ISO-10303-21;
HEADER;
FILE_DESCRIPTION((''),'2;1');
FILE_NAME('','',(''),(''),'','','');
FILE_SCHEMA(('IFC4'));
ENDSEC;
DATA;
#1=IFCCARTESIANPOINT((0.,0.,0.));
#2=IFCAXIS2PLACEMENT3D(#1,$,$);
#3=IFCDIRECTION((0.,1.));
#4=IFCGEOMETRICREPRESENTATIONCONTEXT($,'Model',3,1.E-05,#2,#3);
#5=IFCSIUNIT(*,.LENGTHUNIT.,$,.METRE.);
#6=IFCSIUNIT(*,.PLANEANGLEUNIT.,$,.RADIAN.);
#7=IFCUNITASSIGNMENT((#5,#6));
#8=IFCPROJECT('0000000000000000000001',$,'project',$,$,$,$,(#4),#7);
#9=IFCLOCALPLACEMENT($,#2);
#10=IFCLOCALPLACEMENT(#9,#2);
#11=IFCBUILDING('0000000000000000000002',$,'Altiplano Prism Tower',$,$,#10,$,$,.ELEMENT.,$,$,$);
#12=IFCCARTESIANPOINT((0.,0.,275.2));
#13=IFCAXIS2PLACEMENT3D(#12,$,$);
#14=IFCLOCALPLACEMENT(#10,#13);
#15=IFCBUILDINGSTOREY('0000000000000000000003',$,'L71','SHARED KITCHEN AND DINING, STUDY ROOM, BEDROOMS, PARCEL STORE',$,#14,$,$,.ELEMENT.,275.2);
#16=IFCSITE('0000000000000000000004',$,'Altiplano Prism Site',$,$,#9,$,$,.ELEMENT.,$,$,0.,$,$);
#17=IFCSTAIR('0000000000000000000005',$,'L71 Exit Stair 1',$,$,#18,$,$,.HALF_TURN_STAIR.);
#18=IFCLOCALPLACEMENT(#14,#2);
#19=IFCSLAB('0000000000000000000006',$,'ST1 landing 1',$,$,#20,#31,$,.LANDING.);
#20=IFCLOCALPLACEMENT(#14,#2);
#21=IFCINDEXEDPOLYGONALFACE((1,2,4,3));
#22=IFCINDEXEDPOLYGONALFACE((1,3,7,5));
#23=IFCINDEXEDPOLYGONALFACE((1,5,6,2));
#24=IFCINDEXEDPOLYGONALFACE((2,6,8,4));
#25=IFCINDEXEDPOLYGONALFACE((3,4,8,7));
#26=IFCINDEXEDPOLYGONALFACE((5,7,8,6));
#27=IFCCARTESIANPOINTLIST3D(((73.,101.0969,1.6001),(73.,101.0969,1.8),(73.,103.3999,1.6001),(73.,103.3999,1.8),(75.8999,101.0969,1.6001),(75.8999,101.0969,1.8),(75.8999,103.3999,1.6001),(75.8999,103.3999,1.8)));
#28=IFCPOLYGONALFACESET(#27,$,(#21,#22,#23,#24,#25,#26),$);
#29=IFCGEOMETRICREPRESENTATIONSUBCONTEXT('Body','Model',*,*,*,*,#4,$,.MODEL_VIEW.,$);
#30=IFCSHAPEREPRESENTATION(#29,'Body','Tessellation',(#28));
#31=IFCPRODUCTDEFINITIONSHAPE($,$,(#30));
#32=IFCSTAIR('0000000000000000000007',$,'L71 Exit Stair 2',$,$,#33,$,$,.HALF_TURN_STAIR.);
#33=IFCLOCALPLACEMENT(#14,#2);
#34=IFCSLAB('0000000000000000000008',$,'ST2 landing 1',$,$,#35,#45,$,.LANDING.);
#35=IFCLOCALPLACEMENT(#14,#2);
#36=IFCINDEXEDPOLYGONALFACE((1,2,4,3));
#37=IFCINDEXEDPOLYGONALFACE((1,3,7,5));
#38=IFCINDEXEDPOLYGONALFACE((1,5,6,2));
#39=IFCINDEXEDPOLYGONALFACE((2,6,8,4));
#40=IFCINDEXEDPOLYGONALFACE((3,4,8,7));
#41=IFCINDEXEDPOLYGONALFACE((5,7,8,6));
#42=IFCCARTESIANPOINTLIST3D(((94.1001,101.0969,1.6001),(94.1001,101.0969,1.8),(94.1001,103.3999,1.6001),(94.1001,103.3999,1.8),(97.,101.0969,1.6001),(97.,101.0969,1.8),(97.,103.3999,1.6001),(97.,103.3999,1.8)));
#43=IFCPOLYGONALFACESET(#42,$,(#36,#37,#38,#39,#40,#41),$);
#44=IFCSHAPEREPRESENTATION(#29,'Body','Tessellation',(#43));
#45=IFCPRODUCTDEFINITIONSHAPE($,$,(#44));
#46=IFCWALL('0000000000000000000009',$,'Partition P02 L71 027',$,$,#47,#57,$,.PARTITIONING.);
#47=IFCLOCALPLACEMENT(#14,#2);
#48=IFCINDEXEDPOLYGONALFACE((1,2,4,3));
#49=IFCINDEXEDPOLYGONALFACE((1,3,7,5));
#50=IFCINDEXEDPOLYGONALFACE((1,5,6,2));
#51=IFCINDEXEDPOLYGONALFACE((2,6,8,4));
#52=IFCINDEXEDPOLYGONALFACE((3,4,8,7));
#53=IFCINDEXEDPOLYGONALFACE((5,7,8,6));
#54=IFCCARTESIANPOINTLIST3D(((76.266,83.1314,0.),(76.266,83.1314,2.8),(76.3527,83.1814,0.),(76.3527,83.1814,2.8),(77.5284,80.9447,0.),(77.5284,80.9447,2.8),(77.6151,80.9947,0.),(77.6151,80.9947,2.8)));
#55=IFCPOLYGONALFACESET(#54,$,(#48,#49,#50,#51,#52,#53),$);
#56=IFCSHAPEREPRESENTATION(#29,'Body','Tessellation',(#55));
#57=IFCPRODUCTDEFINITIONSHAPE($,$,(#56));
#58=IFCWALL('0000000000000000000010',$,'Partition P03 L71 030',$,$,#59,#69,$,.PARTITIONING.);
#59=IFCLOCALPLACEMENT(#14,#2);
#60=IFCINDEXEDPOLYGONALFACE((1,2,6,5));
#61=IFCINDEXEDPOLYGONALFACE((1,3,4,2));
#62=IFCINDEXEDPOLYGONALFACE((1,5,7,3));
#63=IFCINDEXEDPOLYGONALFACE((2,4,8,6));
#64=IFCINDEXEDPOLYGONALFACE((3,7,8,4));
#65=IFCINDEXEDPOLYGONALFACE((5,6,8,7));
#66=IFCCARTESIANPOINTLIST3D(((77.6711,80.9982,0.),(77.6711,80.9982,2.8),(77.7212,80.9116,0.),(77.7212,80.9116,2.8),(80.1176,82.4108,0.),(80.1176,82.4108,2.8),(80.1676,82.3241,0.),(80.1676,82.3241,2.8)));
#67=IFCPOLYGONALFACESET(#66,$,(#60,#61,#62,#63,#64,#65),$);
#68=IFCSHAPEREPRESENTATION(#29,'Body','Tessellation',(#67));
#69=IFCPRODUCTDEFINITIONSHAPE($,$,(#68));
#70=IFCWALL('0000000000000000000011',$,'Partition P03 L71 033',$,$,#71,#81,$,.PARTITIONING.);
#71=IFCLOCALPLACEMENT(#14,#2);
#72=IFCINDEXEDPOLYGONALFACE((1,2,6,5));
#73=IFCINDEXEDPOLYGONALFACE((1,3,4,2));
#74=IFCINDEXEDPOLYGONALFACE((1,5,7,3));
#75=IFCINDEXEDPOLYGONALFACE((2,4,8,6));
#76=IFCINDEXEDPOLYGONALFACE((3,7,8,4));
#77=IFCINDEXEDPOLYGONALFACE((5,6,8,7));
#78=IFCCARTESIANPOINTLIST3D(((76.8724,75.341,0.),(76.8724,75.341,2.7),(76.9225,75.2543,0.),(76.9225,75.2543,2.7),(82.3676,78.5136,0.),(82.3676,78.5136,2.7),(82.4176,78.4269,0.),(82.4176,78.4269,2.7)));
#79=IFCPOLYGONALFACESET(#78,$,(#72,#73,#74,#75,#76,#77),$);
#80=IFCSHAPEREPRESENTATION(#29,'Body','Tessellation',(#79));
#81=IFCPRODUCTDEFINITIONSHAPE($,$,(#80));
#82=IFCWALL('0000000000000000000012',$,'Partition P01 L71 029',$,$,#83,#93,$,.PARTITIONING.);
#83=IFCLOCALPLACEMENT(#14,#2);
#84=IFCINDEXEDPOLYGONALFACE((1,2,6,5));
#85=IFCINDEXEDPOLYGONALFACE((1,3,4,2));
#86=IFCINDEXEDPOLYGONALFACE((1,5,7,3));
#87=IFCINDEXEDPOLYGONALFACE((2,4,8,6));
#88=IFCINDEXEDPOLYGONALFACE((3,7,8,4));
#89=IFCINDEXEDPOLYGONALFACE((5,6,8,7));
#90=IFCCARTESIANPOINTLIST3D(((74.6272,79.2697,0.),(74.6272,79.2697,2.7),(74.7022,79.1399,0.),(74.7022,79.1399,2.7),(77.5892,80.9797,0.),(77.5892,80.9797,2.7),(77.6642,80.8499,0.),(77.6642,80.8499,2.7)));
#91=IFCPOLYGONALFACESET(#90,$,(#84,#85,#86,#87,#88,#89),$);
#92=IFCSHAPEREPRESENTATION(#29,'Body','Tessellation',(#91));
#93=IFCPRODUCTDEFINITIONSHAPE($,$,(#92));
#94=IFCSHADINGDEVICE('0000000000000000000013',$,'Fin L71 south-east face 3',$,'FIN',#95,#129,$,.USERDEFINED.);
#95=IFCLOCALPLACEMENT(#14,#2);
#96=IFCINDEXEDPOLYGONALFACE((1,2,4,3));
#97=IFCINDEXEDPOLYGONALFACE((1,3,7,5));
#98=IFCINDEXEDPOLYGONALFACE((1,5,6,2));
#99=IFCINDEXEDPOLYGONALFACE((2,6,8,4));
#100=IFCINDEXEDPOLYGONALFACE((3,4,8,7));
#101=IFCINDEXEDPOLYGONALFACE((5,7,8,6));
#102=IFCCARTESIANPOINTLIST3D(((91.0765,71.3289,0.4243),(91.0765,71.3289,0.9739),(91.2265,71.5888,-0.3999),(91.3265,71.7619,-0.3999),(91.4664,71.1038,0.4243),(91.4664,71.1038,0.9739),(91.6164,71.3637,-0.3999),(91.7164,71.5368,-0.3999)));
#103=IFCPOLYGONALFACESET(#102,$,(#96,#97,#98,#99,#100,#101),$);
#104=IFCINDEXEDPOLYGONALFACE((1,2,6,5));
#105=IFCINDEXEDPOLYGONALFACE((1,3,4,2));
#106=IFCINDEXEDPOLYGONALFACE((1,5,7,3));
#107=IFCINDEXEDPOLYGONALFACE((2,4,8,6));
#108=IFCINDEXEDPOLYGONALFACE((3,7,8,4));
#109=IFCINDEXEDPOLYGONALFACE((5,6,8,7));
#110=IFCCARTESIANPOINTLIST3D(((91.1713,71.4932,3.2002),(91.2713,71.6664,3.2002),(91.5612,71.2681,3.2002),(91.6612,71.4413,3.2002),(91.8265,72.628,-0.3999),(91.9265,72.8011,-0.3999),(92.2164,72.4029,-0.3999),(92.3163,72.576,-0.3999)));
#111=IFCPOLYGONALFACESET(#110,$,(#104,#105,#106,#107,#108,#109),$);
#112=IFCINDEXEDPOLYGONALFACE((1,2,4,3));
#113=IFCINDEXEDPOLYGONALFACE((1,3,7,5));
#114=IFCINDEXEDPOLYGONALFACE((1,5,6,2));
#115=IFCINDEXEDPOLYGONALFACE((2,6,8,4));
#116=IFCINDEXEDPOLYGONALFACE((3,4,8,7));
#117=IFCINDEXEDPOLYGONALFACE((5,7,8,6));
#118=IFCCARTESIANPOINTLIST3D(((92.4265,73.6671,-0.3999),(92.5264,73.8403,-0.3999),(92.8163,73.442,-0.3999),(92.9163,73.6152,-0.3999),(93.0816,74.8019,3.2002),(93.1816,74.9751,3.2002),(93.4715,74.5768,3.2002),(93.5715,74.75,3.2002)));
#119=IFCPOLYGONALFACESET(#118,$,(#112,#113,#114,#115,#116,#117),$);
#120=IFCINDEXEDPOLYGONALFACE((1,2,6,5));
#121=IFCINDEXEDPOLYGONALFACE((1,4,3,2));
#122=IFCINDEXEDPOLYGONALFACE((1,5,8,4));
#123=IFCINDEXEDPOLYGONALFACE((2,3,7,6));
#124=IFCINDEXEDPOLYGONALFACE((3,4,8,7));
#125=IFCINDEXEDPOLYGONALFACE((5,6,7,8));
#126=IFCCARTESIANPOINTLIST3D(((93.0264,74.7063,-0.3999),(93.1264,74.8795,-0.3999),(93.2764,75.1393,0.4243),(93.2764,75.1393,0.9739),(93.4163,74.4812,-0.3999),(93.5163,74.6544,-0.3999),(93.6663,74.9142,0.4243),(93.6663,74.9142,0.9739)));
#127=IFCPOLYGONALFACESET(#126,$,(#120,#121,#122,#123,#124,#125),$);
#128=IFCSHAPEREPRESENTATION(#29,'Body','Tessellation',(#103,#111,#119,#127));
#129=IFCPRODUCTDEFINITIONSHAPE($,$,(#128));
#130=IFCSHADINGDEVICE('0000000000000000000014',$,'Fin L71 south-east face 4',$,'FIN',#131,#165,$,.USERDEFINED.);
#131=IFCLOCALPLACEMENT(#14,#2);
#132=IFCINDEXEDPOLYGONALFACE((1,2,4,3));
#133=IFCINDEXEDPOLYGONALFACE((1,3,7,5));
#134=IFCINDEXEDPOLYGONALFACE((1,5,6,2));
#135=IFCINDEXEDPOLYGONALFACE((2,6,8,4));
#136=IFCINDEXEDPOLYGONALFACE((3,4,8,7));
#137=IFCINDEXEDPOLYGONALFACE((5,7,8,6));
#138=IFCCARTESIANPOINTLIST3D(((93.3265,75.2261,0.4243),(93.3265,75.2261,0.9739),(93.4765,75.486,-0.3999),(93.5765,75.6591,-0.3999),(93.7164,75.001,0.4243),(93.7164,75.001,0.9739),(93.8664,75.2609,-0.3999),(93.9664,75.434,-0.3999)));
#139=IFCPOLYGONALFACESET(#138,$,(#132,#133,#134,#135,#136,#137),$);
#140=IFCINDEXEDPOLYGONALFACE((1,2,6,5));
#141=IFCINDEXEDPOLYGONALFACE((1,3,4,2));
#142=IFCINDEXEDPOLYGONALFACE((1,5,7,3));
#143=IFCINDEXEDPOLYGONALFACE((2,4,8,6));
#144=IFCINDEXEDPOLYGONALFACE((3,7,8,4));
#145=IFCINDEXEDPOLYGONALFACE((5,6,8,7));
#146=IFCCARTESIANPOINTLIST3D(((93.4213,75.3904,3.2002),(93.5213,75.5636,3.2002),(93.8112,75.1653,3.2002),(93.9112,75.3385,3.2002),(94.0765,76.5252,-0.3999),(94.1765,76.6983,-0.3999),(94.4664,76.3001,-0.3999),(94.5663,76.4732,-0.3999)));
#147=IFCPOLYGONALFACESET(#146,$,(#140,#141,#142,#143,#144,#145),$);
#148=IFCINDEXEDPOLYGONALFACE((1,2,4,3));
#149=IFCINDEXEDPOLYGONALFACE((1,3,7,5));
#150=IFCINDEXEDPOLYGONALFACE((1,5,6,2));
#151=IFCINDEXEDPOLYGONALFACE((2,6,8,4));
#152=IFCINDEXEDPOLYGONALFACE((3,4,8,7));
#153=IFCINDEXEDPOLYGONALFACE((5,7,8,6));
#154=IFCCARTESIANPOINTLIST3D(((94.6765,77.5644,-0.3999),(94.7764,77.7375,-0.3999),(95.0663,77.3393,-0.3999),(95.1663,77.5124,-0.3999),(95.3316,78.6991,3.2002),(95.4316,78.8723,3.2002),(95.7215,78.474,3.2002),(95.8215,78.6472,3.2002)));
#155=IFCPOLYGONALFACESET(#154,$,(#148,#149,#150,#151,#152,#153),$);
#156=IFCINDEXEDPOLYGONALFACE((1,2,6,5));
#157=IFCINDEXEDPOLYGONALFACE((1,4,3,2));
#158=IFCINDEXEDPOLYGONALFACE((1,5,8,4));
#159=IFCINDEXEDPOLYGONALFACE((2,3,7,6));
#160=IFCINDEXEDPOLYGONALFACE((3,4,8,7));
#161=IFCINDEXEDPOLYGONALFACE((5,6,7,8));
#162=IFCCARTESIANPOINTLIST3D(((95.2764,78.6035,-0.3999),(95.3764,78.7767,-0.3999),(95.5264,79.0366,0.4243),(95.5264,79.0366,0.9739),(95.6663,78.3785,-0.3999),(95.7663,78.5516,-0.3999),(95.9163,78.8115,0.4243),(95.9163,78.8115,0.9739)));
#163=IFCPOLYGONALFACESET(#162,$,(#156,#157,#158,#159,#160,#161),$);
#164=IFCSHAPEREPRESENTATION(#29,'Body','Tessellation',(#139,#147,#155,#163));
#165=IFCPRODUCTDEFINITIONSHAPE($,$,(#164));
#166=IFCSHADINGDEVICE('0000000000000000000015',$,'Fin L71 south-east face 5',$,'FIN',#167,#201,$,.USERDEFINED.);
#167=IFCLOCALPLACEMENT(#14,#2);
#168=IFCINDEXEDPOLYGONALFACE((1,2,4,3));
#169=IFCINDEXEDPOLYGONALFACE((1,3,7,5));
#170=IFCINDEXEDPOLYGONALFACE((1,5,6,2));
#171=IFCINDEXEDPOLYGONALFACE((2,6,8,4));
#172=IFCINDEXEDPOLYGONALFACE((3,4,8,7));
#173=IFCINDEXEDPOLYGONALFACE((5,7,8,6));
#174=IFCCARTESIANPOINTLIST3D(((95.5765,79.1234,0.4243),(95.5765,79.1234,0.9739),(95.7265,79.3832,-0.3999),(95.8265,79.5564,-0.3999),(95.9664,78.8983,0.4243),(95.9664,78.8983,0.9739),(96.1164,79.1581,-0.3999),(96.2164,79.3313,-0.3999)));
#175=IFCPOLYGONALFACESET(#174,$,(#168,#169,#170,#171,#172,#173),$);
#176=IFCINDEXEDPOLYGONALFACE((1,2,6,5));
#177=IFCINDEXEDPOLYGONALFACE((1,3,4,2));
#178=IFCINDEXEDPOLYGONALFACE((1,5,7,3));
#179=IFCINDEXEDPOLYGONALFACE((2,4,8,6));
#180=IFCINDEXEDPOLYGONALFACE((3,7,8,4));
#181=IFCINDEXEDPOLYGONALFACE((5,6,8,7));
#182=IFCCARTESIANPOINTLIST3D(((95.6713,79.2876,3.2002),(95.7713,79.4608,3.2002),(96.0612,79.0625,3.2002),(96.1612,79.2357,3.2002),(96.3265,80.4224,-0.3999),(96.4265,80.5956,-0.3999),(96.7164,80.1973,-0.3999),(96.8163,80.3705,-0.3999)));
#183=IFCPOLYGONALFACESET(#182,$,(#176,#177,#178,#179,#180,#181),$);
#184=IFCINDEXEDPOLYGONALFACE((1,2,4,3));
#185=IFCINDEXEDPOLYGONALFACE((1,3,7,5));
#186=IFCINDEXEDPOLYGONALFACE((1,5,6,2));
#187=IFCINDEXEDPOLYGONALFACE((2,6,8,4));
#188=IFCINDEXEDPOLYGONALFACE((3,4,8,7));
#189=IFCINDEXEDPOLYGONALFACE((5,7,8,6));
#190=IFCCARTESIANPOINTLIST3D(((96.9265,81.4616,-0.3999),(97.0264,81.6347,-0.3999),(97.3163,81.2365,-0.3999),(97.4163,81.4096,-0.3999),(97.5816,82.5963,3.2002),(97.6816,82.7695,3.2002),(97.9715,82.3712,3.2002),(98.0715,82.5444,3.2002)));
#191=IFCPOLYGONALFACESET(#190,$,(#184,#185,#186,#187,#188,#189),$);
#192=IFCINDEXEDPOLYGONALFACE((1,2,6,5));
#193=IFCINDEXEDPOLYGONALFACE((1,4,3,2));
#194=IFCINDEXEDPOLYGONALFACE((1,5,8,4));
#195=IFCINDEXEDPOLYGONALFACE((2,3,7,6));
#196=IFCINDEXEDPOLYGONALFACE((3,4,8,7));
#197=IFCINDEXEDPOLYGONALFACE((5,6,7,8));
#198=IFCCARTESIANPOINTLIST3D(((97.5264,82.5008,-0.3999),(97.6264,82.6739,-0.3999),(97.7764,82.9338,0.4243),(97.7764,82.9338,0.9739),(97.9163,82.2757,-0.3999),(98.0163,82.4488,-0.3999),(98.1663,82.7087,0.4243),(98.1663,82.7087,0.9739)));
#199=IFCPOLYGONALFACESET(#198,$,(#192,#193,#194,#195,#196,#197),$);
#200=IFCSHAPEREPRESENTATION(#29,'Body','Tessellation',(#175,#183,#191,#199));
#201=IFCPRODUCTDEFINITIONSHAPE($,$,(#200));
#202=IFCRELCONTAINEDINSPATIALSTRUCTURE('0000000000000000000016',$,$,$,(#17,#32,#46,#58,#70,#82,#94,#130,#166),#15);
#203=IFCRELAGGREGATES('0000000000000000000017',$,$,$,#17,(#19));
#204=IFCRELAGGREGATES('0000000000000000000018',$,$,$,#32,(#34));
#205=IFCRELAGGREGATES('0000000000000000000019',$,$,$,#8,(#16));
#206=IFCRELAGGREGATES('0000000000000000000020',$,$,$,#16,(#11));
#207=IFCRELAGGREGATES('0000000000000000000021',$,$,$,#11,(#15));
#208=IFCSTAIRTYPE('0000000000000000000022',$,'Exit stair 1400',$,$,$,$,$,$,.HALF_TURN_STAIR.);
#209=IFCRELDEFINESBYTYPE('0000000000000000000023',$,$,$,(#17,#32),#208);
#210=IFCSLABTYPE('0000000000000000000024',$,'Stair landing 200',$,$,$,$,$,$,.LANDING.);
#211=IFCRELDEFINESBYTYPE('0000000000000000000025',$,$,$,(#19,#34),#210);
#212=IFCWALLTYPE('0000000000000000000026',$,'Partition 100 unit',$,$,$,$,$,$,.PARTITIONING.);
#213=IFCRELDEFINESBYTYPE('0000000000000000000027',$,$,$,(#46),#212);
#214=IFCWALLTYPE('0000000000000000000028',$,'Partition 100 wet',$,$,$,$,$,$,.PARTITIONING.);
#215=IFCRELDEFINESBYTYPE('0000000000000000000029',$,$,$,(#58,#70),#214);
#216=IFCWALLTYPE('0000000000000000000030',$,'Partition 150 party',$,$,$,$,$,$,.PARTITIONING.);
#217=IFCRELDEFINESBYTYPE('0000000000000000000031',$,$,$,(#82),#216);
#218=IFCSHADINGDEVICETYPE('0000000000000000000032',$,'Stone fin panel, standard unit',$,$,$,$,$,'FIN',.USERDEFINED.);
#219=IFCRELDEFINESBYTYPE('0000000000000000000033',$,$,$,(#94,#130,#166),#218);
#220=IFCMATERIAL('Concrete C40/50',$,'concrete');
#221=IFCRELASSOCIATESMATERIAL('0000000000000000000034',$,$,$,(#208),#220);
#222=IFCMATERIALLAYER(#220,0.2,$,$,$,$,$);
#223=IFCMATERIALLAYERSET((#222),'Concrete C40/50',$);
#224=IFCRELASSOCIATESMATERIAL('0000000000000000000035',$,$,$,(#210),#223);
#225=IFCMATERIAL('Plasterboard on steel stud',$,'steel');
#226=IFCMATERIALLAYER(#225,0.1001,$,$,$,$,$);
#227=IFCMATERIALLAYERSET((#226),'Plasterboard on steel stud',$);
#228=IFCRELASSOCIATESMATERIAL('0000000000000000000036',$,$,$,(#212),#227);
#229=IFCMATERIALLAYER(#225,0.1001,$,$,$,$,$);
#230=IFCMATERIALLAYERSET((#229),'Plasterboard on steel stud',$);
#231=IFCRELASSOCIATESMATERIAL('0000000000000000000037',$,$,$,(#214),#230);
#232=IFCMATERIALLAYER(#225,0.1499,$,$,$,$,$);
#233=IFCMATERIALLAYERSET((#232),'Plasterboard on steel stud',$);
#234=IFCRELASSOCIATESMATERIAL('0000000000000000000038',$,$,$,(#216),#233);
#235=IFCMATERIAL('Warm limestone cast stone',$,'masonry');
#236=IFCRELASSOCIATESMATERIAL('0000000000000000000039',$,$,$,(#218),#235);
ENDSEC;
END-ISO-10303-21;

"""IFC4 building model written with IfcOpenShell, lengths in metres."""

from ifc_helpers import new_model, si_unit, direction, frame, frame_2d, origin, place, context, subcontext, project, spatial, polyline, rectangle, outline, extrude, source, transform, mapped, material, layer, layer_set, type_object, element, aggregate, save


model = new_model("IFC4")

# Units and contexts
model_context = context("Model", 3, precision=1e-05, world=origin(), true_north=direction((0.0, 1.0)))
body_context = subcontext(model_context, "Body", "Model", "MODEL_VIEW")
ifc_project = project(units=[si_unit("LENGTHUNIT", "METRE"), si_unit("PLANEANGLEUNIT", "RADIAN")], contexts=[model_context])

# Site, building, storey
site_placement = place(None, origin())
site = spatial("IfcSite", under=ifc_project, at=site_placement, Name="Altiplano Prism Site", CompositionType="ELEMENT", RefElevation=0.0)
building_placement = place(site_placement, origin())
building = spatial("IfcBuilding", under=site, at=building_placement, Name="Altiplano Prism Tower", CompositionType="ELEMENT")
storey_placement = place(building_placement, frame((0.0, 0.0, 275.2)))
storey = spatial("IfcBuildingStorey", under=building, at=storey_placement, Name="L71", Description="SHARED KITCHEN AND DINING, STUDY ROOM, BEDROOMS, PARCEL STORE", CompositionType="ELEMENT", Elevation=275.2)

# Shared definitions
ifc_material_1 = material(Name="Concrete C40/50", Category="concrete")

# Stairs, slabs
stair_type = type_object("IfcStairType", Name="Exit stair 1400", PredefinedType="HALF_TURN_STAIR", material=ifc_material_1)
stair_1_placement = place(storey_placement, origin())
stair_1 = element("IfcStair", 1, at=stair_1_placement, inside=storey, type_object=stair_type, Name="L71 Exit Stair 1", PredefinedType="HALF_TURN_STAIR")
ifc_layer_1 = layer(ifc_material_1, 0.2)
ifc_layer_set_1 = layer_set([ifc_layer_1], Name="Concrete C40/50")
slab_type_1 = type_object("IfcSlabType", Name="Stair landing 200", PredefinedType="LANDING", material=ifc_layer_set_1)
slab_1_placement = place(storey_placement, frame((0.0, 0.0, 1.6001)))
slab_1 = element("IfcSlab", 2, at=slab_1_placement, type_object=slab_type_1, Name="ST1 landing 1", PredefinedType="LANDING", context=body_context, shape_type="SweptSolid", body=[
    extrude(outline(polyline([(75.8999, 101.0969), (75.8999, 103.3999), (73.0, 103.3999), (73.0, 101.0969), (75.8999, 101.0969)])), origin(), (0.0, 0.0, 1.0), 0.2),
])
aggregate(stair_1, [slab_1])
stair_2_placement = place(storey_placement, origin())
stair_2 = element("IfcStair", 3, at=stair_2_placement, inside=storey, type_object=stair_type, Name="L71 Exit Stair 2", PredefinedType="HALF_TURN_STAIR")
slab_2_placement = place(storey_placement, frame((0.0, 0.0, 1.6001)))
slab_2 = element("IfcSlab", 4, at=slab_2_placement, type_object=slab_type_1, Name="ST2 landing 1", PredefinedType="LANDING", context=body_context, shape_type="SweptSolid", body=[
    extrude(outline(polyline([(97.0, 101.0969), (97.0, 103.3999), (94.1001, 103.3999), (94.1001, 101.0969), (97.0, 101.0969)])), origin(), (0.0, 0.0, 1.0), 0.2),
])
aggregate(stair_2, [slab_2])

# Walls
ifc_material_2 = material(Name="Plasterboard on steel stud", Category="steel")
ifc_layer_2 = layer(ifc_material_2, 0.1001)
ifc_layer_set_2 = layer_set([ifc_layer_2], Name="Plasterboard on steel stud")
wall_type_1 = type_object("IfcWallType", Name="Partition 100 unit", PredefinedType="PARTITIONING", material=ifc_layer_set_2)
wall_1_placement = place(storey_placement, frame((77.5718, 80.9697, 0.0), z_axis=(0.0, 0.0, 1.0), x_axis=(-0.499976, 0.866039, 0.0)))
element("IfcWall", 5, at=wall_1_placement, inside=storey, type_object=wall_type_1, Name="Partition P02 L71 027", PredefinedType="PARTITIONING", context=body_context, shape_type="SweptSolid", body=[
    extrude(rectangle(XDim=2.5249, YDim=0.1001, at=frame_2d((1.2625, 0.0))), origin(), (0.0, 0.0, 1.0), 2.8),
])
ifc_layer_3 = layer(ifc_material_2, 0.1001)
ifc_layer_set_3 = layer_set([ifc_layer_3], Name="Plasterboard on steel stud")
wall_type_2 = type_object("IfcWallType", Name="Partition 100 wet", PredefinedType="PARTITIONING", material=ifc_layer_set_3)
wall_2_placement = place(storey_placement, frame((77.696, 80.9548, 0.0), z_axis=(0.0, 0.0, 1.0), x_axis=(0.866011, 0.500024, 0.0)))
element("IfcWall", 6, at=wall_2_placement, inside=storey, type_object=wall_type_2, Name="Partition P03 L71 030", PredefinedType="PARTITIONING", context=body_context, shape_type="SweptSolid", body=[
    extrude(rectangle(XDim=2.825, YDim=0.1001, at=frame_2d((1.4126, 0.0))), origin(), (0.0, 0.0, 1.0), 2.8),
])
wall_3_placement = place(storey_placement, frame((76.8975, 75.2976, 0.0), z_axis=(0.0, 0.0, 1.0), x_axis=(0.866025, 0.5, 0.0)))
element("IfcWall", 7, at=wall_3_placement, inside=storey, type_object=wall_type_2, Name="Partition P03 L71 033", PredefinedType="PARTITIONING", context=body_context, shape_type="SweptSolid", body=[
    extrude(rectangle(XDim=6.3452, YDim=0.1001, at=frame_2d((3.1726, 0.0))), origin(), (0.0, 0.0, 1.0), 2.7),
])
ifc_layer_4 = layer(ifc_material_2, 0.1499)
ifc_layer_set_4 = layer_set([ifc_layer_4], Name="Plasterboard on steel stud")
wall_type_3 = type_object("IfcWallType", Name="Partition 150 party", PredefinedType="PARTITIONING", material=ifc_layer_set_4)
wall_4_placement = place(storey_placement, frame((74.6648, 79.2048, 0.0), z_axis=(0.0, 0.0, 1.0), x_axis=(0.866038, 0.499978, 0.0)))
element("IfcWall", 8, at=wall_4_placement, inside=storey, type_object=wall_type_3, Name="Partition P01 L71 029", PredefinedType="PARTITIONING", context=body_context, shape_type="SweptSolid", body=[
    extrude(rectangle(XDim=3.4202, YDim=0.1499, at=frame_2d((1.71, 0.0))), origin(), (0.0, 0.0, 1.0), 2.7),
])

# Shading devices
ifc_material_3 = material(Name="Warm limestone cast stone", Category="masonry")
shading_device_type_1 = type_object("IfcShadingDeviceType", Name="Stone fin panel, standard unit", ElementType="FIN", PredefinedType="USERDEFINED", material=ifc_material_3)
shared_shape_1 = source(origin(), body_context, "Body", "SweptSolid", [
    extrude(outline(polyline([(-2.2, 1.3738), (-2.2, 0.8242), (-1.8999, 0.0), (-1.7, 0.0), (-2.2, 1.3738)])), frame((0.0, -0.1499, 0.0), z_axis=(0.0, -1.0, 0.0), x_axis=(1.0, 0.0, 0.0)), (0.0, 0.0, 1.0), 0.4502),
    extrude(outline(polyline([(-2.0103, 3.6001), (-0.7, 0.0), (-0.5, 0.0), (-1.8103, 3.6001), (-2.0103, 3.6001)])), frame((0.0, -0.1499, 0.0), z_axis=(0.0, -1.0, 0.0), x_axis=(1.0, 0.0, 0.0)), (0.0, 0.0, 1.0), 0.4502),
    extrude(outline(polyline([(1.8103, 3.6001), (0.5, 0.0), (0.7, 0.0), (2.0103, 3.6001), (1.8103, 3.6001)])), frame((0.0, -0.1499, 0.0), z_axis=(0.0, -1.0, 0.0), x_axis=(1.0, 0.0, 0.0)), (0.0, 0.0, 1.0), 0.4502),
    extrude(outline(polyline([(2.2, 0.8242), (2.2, 1.3738), (1.7, 0.0), (1.8999, 0.0), (2.2, 0.8242)])), frame((0.0, -0.1499, 0.0), z_axis=(0.0, -1.0, 0.0), x_axis=(1.0, 0.0, 0.0)), (0.0, 0.0, 1.0), 0.4502),
])
shading_device_1_placement = place(storey_placement, origin())
element("IfcShadingDevice", 9, at=shading_device_1_placement, inside=storey, type_object=shading_device_type_1, Name="Fin L71 south-east face 3", ObjectType="FIN", PredefinedType="USERDEFINED", context=body_context, shape_type="MappedRepresentation", body=[
    mapped(shared_shape_1, transform((92.0466, 73.3091, -0.3999), x_axis=(0.5, 0.866025, 0.0), y_axis=(-0.866025, 0.5, 0.0), z_axis=(0.0, 0.0, 1.0))),
])
shading_device_2_placement = place(storey_placement, origin())
element("IfcShadingDevice", 10, at=shading_device_2_placement, inside=storey, type_object=shading_device_type_1, Name="Fin L71 south-east face 4", ObjectType="FIN", PredefinedType="USERDEFINED", context=body_context, shape_type="MappedRepresentation", body=[
    mapped(shared_shape_1, transform((94.2966, 77.2063, -0.3999), x_axis=(0.5, 0.866025, 0.0), y_axis=(-0.866025, 0.5, 0.0), z_axis=(0.0, 0.0, 1.0))),
])
shading_device_3_placement = place(storey_placement, origin())
element("IfcShadingDevice", 11, at=shading_device_3_placement, inside=storey, type_object=shading_device_type_1, Name="Fin L71 south-east face 5", ObjectType="FIN", PredefinedType="USERDEFINED", context=body_context, shape_type="MappedRepresentation", body=[
    mapped(shared_shape_1, transform((96.5466, 81.1035, -0.3999), x_axis=(0.5, 0.866025, 0.0), y_axis=(-0.866025, 0.5, 0.0), z_axis=(0.0, 0.0, 1.0))),
])

save(model, "model.ifc")
